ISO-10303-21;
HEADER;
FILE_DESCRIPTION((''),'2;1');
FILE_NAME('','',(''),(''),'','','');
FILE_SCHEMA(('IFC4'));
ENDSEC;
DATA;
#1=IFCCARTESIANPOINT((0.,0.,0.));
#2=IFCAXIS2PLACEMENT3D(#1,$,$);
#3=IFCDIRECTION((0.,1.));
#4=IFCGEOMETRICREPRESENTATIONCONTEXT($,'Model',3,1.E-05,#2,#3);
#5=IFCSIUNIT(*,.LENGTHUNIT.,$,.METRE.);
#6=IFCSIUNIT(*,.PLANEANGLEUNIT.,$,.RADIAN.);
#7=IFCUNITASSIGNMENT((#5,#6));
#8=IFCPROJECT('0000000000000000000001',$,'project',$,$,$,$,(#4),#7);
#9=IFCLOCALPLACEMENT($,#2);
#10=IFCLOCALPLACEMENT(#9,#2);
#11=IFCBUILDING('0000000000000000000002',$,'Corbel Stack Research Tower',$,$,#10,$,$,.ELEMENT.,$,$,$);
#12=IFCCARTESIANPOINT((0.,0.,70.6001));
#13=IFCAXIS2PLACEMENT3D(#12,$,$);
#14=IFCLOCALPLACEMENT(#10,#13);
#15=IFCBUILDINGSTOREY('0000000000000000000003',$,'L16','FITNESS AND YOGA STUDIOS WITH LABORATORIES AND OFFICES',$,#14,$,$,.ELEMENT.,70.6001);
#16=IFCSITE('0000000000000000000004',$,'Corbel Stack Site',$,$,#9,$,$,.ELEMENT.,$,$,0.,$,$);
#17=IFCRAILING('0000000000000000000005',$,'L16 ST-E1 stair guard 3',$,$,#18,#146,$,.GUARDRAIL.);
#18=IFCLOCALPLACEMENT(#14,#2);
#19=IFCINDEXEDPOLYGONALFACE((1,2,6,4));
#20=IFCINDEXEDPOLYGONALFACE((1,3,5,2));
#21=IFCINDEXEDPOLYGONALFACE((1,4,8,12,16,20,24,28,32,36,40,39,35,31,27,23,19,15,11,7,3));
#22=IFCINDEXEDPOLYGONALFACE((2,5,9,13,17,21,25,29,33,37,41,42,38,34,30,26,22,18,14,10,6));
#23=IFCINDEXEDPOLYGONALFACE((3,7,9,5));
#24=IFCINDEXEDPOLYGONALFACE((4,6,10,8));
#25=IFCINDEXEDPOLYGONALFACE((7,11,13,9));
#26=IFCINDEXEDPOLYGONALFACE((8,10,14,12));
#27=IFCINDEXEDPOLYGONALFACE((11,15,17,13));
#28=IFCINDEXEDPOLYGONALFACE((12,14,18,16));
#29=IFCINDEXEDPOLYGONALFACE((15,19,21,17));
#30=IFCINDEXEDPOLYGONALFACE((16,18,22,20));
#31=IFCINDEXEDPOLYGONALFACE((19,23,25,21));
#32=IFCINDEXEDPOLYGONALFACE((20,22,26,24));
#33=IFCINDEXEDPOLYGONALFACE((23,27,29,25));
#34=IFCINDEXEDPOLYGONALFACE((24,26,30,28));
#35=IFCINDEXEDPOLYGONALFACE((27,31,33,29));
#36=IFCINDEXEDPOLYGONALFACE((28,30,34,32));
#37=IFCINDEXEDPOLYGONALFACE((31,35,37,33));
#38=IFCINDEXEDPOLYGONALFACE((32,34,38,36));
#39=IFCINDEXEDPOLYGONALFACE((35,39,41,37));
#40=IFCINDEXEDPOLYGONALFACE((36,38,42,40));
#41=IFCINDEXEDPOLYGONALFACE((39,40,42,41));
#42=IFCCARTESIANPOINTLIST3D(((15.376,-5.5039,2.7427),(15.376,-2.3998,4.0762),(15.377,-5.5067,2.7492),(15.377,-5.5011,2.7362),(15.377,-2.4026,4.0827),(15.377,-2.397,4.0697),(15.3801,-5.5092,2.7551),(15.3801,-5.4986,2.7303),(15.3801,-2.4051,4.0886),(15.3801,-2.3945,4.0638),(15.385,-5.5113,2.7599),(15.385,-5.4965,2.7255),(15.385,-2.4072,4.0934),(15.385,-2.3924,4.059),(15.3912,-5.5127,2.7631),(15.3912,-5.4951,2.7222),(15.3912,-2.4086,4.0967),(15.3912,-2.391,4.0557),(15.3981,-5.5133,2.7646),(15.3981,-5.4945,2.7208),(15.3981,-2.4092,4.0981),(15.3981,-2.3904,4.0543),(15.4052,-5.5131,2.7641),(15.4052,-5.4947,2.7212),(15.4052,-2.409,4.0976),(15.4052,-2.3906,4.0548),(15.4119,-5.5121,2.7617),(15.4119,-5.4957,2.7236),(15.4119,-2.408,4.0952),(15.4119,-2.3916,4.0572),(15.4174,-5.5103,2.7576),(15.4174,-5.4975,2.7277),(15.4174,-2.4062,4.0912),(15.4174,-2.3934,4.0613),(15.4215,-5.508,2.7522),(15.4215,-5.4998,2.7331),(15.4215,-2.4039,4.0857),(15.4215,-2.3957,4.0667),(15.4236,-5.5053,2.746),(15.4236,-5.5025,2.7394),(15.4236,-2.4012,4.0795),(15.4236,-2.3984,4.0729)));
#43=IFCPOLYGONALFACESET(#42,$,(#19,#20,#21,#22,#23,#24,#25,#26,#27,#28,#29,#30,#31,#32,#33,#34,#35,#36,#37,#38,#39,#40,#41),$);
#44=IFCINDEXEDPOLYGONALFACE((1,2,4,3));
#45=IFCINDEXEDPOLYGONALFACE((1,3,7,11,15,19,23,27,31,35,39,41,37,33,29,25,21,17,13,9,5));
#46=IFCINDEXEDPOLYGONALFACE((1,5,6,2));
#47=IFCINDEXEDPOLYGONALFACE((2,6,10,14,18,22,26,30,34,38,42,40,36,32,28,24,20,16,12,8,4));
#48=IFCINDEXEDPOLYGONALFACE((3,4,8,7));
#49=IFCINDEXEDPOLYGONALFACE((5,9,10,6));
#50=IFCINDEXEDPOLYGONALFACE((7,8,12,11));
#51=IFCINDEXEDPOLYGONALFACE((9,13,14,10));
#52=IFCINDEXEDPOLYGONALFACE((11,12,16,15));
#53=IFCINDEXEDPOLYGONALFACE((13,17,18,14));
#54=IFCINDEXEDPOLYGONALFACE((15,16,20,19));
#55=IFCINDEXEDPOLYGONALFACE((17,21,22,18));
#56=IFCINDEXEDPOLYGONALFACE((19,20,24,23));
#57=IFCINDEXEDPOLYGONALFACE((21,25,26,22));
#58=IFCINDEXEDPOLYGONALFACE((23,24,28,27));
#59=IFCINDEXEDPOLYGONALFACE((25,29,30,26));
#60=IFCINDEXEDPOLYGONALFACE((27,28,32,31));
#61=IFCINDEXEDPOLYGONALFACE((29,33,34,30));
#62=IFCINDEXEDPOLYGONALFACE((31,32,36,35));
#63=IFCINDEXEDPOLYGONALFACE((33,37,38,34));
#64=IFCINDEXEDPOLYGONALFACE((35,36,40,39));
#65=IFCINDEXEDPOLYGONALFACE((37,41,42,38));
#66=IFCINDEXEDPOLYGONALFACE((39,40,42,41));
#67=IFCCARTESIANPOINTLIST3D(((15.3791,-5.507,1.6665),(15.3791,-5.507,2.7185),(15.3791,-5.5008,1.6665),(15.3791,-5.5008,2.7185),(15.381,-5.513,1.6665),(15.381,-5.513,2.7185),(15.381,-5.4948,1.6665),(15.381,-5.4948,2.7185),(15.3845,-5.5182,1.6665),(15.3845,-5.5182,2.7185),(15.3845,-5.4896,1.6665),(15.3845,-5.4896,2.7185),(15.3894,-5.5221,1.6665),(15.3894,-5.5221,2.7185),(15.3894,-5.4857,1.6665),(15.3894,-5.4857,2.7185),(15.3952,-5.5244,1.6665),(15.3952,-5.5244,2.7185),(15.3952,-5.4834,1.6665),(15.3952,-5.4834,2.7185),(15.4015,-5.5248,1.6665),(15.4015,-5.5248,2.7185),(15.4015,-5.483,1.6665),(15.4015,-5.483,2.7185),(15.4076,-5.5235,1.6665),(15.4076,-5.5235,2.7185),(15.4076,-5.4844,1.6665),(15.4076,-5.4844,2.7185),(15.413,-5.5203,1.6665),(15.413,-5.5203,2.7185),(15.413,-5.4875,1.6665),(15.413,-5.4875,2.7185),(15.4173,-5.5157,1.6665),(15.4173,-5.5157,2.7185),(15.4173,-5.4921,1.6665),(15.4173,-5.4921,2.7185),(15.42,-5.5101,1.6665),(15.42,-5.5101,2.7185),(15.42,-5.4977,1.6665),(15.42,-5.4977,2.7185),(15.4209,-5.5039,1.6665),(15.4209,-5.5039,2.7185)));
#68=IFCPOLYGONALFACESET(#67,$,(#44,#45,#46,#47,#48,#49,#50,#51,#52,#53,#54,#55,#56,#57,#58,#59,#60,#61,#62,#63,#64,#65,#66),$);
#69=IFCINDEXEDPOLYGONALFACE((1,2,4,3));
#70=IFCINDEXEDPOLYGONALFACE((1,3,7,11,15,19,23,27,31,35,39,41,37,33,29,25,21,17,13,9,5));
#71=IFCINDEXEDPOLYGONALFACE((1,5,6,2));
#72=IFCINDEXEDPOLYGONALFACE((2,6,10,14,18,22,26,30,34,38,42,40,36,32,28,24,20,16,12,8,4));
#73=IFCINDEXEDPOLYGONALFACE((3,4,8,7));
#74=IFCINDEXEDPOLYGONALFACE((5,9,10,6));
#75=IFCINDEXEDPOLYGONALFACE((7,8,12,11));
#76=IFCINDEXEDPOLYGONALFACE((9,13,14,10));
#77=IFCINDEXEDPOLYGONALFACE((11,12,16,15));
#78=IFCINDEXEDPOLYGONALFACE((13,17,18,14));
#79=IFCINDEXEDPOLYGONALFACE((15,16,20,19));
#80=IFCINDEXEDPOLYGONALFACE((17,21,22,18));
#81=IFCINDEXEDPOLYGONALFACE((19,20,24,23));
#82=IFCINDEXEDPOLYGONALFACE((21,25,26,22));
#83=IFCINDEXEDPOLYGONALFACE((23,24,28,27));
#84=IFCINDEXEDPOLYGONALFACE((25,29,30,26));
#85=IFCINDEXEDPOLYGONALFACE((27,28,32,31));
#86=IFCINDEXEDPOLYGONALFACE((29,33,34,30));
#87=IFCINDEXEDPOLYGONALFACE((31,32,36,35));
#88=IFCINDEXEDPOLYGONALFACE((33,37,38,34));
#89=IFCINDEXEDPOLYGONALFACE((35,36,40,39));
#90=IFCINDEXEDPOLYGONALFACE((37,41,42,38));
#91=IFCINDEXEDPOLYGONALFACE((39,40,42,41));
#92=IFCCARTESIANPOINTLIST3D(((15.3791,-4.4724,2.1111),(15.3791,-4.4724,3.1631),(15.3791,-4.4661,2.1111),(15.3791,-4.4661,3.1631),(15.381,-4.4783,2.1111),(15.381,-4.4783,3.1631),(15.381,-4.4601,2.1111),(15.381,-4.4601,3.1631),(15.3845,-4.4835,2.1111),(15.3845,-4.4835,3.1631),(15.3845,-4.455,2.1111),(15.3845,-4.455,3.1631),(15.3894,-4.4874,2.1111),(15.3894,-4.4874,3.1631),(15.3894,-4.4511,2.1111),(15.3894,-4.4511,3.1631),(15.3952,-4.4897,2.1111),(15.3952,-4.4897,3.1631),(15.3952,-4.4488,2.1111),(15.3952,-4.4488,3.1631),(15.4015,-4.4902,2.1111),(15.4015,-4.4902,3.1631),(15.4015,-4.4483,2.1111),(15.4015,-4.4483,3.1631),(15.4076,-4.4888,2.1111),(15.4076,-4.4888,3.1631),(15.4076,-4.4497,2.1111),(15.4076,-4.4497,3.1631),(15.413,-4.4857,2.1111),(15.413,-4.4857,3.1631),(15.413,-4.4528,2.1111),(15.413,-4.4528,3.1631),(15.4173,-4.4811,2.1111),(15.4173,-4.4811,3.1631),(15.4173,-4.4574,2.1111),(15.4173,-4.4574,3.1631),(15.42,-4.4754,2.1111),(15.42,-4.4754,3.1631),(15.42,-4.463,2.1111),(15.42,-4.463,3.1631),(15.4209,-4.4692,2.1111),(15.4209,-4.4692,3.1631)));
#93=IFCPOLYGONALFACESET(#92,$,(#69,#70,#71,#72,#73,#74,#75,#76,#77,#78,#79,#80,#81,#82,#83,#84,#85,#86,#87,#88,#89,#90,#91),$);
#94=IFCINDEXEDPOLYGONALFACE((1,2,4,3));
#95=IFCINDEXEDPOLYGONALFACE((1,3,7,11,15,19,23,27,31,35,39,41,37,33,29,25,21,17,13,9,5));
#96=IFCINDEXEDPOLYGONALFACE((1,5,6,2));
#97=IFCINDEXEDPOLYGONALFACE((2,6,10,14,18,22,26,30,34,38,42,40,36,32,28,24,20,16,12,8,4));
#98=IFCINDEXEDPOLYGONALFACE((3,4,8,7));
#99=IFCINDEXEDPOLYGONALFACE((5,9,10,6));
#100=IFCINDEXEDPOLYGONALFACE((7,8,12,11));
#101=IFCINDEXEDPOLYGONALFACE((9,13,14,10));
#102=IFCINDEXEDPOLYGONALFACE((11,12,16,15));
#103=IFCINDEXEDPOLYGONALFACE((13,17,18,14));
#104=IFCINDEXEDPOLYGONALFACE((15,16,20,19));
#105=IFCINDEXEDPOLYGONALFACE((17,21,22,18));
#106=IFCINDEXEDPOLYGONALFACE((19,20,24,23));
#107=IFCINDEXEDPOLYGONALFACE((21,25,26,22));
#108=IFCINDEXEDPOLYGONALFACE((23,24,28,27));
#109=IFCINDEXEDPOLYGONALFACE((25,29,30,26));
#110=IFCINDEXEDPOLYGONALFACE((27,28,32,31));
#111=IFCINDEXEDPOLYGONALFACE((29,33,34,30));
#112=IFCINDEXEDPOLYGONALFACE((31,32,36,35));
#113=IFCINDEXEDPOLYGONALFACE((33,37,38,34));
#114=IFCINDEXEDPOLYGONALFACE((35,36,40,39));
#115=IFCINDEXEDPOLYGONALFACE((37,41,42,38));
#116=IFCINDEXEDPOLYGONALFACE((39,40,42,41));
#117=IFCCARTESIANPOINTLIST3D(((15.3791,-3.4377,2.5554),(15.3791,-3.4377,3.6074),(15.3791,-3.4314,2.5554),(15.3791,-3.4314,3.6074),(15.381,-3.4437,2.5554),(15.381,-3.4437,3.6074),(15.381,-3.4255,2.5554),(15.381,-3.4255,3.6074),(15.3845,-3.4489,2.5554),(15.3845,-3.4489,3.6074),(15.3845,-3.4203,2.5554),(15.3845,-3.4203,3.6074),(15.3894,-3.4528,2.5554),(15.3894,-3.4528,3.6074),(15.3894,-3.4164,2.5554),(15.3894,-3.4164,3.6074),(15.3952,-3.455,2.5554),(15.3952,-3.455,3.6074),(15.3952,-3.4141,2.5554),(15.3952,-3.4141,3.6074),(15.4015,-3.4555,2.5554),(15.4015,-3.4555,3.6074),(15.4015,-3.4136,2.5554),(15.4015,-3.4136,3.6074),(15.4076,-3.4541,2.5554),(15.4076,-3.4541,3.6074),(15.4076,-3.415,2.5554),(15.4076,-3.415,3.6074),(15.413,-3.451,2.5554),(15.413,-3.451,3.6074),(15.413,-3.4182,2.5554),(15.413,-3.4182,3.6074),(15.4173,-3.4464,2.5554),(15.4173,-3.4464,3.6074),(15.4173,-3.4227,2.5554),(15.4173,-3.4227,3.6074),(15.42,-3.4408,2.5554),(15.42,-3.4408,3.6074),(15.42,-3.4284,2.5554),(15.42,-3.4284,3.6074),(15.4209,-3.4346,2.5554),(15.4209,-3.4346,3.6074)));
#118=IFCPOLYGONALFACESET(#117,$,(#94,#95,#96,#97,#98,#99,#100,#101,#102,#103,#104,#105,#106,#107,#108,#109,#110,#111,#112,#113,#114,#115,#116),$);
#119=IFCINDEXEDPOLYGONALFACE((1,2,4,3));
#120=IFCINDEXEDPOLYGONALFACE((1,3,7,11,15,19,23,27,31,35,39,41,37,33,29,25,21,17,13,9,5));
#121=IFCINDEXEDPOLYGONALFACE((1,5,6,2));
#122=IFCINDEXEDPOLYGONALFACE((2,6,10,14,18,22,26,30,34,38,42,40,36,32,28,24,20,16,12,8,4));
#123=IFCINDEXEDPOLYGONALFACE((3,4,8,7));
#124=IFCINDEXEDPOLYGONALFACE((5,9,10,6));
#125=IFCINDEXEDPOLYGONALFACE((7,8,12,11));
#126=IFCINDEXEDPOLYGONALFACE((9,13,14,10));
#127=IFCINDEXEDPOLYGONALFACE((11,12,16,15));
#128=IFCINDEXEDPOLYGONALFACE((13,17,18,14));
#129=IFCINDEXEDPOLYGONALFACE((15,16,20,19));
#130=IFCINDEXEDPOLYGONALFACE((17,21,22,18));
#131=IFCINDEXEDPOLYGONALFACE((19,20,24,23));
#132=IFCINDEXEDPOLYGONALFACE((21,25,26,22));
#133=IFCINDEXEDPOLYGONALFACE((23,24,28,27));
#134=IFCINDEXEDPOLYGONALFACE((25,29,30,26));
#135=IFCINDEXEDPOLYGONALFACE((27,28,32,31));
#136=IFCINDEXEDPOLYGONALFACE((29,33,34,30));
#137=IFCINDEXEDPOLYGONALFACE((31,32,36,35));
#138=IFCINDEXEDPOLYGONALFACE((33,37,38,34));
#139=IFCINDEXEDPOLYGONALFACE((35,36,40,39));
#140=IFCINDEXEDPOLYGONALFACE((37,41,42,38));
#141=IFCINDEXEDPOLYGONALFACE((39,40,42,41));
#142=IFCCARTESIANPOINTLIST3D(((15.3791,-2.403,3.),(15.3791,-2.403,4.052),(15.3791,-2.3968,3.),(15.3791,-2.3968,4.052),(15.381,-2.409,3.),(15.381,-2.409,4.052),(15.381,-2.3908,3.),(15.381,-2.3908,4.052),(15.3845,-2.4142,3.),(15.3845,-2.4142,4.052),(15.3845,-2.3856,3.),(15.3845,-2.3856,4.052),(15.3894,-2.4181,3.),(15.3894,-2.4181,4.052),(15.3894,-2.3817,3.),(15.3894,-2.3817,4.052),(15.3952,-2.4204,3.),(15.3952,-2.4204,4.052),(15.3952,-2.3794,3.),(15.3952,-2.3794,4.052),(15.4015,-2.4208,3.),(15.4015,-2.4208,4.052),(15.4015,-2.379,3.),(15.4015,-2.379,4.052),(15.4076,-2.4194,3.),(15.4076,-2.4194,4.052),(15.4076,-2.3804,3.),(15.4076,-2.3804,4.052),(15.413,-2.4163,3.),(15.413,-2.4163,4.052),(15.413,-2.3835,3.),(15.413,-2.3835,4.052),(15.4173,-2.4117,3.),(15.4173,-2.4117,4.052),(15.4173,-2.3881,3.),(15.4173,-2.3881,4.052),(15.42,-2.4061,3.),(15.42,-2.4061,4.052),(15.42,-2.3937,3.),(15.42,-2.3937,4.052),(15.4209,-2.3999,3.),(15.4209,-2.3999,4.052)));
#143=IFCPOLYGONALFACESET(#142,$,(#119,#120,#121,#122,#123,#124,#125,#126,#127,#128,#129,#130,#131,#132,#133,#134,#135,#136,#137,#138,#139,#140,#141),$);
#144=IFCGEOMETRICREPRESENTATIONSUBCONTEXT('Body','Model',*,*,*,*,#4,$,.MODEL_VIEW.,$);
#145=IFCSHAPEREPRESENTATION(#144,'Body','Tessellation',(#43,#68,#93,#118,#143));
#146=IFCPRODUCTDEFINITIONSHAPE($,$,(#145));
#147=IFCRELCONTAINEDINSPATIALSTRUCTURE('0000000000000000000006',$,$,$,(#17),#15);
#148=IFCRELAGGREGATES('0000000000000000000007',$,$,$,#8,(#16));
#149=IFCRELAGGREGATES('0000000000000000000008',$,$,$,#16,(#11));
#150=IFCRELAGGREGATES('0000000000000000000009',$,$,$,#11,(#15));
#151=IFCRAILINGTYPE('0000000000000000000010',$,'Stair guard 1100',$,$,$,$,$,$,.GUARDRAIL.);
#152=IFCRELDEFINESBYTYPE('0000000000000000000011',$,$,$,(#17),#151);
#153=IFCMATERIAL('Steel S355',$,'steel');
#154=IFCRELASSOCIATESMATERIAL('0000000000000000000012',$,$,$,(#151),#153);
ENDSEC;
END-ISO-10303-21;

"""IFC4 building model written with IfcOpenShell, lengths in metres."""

from ifc_helpers import new_model, si_unit, direction, frame, origin, origin_2d, place, context, subcontext, project, spatial, circle, extrude, material, type_object, element, save


model = new_model("IFC4")

# Units and contexts
model_context = context("Model", 3, precision=1e-05, world=origin(), true_north=direction((0.0, 1.0)))
body_context = subcontext(model_context, "Body", "Model", "MODEL_VIEW")
ifc_project = project(units=[si_unit("LENGTHUNIT", "METRE"), si_unit("PLANEANGLEUNIT", "RADIAN")], contexts=[model_context])

# Site, building, storey
site_placement = place(None, origin())
site = spatial("IfcSite", under=ifc_project, at=site_placement, Name="Corbel Stack Site", CompositionType="ELEMENT", RefElevation=0.0)
building_placement = place(site_placement, origin())
building = spatial("IfcBuilding", under=site, at=building_placement, Name="Corbel Stack Research Tower", CompositionType="ELEMENT")
storey_placement = place(building_placement, frame((0.0, 0.0, 70.6001)))
storey = spatial("IfcBuildingStorey", under=building, at=storey_placement, Name="L16", Description="FITNESS AND YOGA STUDIOS WITH LABORATORIES AND OFFICES", CompositionType="ELEMENT", Elevation=70.6001)

# Railing
ifc_material_1 = material(Name="Steel S355", Category="steel")
railing_type_1 = type_object("IfcRailingType", Name="Stair guard 1100", PredefinedType="GUARDRAIL", material=ifc_material_1)
railing_1_placement = place(storey_placement, frame((15.3999, -5.5039, 1.6665)))
element("IfcRailing", 1, at=railing_1_placement, inside=storey, type_object=railing_type_1, Name="L16 ST-E1 stair guard 3", PredefinedType="GUARDRAIL", context=body_context, shape_type="SweptSolid", body=[
    extrude(circle(Radius=0.0239, at=origin_2d()), frame((0.0, 0.0, 1.0762), z_axis=(0.0, 0.918801, 0.394722), x_axis=(-1.0, 0.0, 0.0)), (0.0, 0.0, 1.0), 3.3784),
    extrude(circle(Radius=0.021, at=origin_2d()), origin(), (0.0, 0.0, 1.0), 1.052),
    extrude(circle(Radius=0.021, at=origin_2d()), frame((0.0, 1.0347, 0.4446)), (0.0, 0.0, 1.0), 1.052),
    extrude(circle(Radius=0.021, at=origin_2d()), frame((0.0, 2.0693, 0.8889)), (0.0, 0.0, 1.0), 1.052),
    extrude(circle(Radius=0.021, at=origin_2d()), frame((0.0, 3.104, 1.3335)), (0.0, 0.0, 1.0), 1.052),
])

save(model, "model.ifc")
